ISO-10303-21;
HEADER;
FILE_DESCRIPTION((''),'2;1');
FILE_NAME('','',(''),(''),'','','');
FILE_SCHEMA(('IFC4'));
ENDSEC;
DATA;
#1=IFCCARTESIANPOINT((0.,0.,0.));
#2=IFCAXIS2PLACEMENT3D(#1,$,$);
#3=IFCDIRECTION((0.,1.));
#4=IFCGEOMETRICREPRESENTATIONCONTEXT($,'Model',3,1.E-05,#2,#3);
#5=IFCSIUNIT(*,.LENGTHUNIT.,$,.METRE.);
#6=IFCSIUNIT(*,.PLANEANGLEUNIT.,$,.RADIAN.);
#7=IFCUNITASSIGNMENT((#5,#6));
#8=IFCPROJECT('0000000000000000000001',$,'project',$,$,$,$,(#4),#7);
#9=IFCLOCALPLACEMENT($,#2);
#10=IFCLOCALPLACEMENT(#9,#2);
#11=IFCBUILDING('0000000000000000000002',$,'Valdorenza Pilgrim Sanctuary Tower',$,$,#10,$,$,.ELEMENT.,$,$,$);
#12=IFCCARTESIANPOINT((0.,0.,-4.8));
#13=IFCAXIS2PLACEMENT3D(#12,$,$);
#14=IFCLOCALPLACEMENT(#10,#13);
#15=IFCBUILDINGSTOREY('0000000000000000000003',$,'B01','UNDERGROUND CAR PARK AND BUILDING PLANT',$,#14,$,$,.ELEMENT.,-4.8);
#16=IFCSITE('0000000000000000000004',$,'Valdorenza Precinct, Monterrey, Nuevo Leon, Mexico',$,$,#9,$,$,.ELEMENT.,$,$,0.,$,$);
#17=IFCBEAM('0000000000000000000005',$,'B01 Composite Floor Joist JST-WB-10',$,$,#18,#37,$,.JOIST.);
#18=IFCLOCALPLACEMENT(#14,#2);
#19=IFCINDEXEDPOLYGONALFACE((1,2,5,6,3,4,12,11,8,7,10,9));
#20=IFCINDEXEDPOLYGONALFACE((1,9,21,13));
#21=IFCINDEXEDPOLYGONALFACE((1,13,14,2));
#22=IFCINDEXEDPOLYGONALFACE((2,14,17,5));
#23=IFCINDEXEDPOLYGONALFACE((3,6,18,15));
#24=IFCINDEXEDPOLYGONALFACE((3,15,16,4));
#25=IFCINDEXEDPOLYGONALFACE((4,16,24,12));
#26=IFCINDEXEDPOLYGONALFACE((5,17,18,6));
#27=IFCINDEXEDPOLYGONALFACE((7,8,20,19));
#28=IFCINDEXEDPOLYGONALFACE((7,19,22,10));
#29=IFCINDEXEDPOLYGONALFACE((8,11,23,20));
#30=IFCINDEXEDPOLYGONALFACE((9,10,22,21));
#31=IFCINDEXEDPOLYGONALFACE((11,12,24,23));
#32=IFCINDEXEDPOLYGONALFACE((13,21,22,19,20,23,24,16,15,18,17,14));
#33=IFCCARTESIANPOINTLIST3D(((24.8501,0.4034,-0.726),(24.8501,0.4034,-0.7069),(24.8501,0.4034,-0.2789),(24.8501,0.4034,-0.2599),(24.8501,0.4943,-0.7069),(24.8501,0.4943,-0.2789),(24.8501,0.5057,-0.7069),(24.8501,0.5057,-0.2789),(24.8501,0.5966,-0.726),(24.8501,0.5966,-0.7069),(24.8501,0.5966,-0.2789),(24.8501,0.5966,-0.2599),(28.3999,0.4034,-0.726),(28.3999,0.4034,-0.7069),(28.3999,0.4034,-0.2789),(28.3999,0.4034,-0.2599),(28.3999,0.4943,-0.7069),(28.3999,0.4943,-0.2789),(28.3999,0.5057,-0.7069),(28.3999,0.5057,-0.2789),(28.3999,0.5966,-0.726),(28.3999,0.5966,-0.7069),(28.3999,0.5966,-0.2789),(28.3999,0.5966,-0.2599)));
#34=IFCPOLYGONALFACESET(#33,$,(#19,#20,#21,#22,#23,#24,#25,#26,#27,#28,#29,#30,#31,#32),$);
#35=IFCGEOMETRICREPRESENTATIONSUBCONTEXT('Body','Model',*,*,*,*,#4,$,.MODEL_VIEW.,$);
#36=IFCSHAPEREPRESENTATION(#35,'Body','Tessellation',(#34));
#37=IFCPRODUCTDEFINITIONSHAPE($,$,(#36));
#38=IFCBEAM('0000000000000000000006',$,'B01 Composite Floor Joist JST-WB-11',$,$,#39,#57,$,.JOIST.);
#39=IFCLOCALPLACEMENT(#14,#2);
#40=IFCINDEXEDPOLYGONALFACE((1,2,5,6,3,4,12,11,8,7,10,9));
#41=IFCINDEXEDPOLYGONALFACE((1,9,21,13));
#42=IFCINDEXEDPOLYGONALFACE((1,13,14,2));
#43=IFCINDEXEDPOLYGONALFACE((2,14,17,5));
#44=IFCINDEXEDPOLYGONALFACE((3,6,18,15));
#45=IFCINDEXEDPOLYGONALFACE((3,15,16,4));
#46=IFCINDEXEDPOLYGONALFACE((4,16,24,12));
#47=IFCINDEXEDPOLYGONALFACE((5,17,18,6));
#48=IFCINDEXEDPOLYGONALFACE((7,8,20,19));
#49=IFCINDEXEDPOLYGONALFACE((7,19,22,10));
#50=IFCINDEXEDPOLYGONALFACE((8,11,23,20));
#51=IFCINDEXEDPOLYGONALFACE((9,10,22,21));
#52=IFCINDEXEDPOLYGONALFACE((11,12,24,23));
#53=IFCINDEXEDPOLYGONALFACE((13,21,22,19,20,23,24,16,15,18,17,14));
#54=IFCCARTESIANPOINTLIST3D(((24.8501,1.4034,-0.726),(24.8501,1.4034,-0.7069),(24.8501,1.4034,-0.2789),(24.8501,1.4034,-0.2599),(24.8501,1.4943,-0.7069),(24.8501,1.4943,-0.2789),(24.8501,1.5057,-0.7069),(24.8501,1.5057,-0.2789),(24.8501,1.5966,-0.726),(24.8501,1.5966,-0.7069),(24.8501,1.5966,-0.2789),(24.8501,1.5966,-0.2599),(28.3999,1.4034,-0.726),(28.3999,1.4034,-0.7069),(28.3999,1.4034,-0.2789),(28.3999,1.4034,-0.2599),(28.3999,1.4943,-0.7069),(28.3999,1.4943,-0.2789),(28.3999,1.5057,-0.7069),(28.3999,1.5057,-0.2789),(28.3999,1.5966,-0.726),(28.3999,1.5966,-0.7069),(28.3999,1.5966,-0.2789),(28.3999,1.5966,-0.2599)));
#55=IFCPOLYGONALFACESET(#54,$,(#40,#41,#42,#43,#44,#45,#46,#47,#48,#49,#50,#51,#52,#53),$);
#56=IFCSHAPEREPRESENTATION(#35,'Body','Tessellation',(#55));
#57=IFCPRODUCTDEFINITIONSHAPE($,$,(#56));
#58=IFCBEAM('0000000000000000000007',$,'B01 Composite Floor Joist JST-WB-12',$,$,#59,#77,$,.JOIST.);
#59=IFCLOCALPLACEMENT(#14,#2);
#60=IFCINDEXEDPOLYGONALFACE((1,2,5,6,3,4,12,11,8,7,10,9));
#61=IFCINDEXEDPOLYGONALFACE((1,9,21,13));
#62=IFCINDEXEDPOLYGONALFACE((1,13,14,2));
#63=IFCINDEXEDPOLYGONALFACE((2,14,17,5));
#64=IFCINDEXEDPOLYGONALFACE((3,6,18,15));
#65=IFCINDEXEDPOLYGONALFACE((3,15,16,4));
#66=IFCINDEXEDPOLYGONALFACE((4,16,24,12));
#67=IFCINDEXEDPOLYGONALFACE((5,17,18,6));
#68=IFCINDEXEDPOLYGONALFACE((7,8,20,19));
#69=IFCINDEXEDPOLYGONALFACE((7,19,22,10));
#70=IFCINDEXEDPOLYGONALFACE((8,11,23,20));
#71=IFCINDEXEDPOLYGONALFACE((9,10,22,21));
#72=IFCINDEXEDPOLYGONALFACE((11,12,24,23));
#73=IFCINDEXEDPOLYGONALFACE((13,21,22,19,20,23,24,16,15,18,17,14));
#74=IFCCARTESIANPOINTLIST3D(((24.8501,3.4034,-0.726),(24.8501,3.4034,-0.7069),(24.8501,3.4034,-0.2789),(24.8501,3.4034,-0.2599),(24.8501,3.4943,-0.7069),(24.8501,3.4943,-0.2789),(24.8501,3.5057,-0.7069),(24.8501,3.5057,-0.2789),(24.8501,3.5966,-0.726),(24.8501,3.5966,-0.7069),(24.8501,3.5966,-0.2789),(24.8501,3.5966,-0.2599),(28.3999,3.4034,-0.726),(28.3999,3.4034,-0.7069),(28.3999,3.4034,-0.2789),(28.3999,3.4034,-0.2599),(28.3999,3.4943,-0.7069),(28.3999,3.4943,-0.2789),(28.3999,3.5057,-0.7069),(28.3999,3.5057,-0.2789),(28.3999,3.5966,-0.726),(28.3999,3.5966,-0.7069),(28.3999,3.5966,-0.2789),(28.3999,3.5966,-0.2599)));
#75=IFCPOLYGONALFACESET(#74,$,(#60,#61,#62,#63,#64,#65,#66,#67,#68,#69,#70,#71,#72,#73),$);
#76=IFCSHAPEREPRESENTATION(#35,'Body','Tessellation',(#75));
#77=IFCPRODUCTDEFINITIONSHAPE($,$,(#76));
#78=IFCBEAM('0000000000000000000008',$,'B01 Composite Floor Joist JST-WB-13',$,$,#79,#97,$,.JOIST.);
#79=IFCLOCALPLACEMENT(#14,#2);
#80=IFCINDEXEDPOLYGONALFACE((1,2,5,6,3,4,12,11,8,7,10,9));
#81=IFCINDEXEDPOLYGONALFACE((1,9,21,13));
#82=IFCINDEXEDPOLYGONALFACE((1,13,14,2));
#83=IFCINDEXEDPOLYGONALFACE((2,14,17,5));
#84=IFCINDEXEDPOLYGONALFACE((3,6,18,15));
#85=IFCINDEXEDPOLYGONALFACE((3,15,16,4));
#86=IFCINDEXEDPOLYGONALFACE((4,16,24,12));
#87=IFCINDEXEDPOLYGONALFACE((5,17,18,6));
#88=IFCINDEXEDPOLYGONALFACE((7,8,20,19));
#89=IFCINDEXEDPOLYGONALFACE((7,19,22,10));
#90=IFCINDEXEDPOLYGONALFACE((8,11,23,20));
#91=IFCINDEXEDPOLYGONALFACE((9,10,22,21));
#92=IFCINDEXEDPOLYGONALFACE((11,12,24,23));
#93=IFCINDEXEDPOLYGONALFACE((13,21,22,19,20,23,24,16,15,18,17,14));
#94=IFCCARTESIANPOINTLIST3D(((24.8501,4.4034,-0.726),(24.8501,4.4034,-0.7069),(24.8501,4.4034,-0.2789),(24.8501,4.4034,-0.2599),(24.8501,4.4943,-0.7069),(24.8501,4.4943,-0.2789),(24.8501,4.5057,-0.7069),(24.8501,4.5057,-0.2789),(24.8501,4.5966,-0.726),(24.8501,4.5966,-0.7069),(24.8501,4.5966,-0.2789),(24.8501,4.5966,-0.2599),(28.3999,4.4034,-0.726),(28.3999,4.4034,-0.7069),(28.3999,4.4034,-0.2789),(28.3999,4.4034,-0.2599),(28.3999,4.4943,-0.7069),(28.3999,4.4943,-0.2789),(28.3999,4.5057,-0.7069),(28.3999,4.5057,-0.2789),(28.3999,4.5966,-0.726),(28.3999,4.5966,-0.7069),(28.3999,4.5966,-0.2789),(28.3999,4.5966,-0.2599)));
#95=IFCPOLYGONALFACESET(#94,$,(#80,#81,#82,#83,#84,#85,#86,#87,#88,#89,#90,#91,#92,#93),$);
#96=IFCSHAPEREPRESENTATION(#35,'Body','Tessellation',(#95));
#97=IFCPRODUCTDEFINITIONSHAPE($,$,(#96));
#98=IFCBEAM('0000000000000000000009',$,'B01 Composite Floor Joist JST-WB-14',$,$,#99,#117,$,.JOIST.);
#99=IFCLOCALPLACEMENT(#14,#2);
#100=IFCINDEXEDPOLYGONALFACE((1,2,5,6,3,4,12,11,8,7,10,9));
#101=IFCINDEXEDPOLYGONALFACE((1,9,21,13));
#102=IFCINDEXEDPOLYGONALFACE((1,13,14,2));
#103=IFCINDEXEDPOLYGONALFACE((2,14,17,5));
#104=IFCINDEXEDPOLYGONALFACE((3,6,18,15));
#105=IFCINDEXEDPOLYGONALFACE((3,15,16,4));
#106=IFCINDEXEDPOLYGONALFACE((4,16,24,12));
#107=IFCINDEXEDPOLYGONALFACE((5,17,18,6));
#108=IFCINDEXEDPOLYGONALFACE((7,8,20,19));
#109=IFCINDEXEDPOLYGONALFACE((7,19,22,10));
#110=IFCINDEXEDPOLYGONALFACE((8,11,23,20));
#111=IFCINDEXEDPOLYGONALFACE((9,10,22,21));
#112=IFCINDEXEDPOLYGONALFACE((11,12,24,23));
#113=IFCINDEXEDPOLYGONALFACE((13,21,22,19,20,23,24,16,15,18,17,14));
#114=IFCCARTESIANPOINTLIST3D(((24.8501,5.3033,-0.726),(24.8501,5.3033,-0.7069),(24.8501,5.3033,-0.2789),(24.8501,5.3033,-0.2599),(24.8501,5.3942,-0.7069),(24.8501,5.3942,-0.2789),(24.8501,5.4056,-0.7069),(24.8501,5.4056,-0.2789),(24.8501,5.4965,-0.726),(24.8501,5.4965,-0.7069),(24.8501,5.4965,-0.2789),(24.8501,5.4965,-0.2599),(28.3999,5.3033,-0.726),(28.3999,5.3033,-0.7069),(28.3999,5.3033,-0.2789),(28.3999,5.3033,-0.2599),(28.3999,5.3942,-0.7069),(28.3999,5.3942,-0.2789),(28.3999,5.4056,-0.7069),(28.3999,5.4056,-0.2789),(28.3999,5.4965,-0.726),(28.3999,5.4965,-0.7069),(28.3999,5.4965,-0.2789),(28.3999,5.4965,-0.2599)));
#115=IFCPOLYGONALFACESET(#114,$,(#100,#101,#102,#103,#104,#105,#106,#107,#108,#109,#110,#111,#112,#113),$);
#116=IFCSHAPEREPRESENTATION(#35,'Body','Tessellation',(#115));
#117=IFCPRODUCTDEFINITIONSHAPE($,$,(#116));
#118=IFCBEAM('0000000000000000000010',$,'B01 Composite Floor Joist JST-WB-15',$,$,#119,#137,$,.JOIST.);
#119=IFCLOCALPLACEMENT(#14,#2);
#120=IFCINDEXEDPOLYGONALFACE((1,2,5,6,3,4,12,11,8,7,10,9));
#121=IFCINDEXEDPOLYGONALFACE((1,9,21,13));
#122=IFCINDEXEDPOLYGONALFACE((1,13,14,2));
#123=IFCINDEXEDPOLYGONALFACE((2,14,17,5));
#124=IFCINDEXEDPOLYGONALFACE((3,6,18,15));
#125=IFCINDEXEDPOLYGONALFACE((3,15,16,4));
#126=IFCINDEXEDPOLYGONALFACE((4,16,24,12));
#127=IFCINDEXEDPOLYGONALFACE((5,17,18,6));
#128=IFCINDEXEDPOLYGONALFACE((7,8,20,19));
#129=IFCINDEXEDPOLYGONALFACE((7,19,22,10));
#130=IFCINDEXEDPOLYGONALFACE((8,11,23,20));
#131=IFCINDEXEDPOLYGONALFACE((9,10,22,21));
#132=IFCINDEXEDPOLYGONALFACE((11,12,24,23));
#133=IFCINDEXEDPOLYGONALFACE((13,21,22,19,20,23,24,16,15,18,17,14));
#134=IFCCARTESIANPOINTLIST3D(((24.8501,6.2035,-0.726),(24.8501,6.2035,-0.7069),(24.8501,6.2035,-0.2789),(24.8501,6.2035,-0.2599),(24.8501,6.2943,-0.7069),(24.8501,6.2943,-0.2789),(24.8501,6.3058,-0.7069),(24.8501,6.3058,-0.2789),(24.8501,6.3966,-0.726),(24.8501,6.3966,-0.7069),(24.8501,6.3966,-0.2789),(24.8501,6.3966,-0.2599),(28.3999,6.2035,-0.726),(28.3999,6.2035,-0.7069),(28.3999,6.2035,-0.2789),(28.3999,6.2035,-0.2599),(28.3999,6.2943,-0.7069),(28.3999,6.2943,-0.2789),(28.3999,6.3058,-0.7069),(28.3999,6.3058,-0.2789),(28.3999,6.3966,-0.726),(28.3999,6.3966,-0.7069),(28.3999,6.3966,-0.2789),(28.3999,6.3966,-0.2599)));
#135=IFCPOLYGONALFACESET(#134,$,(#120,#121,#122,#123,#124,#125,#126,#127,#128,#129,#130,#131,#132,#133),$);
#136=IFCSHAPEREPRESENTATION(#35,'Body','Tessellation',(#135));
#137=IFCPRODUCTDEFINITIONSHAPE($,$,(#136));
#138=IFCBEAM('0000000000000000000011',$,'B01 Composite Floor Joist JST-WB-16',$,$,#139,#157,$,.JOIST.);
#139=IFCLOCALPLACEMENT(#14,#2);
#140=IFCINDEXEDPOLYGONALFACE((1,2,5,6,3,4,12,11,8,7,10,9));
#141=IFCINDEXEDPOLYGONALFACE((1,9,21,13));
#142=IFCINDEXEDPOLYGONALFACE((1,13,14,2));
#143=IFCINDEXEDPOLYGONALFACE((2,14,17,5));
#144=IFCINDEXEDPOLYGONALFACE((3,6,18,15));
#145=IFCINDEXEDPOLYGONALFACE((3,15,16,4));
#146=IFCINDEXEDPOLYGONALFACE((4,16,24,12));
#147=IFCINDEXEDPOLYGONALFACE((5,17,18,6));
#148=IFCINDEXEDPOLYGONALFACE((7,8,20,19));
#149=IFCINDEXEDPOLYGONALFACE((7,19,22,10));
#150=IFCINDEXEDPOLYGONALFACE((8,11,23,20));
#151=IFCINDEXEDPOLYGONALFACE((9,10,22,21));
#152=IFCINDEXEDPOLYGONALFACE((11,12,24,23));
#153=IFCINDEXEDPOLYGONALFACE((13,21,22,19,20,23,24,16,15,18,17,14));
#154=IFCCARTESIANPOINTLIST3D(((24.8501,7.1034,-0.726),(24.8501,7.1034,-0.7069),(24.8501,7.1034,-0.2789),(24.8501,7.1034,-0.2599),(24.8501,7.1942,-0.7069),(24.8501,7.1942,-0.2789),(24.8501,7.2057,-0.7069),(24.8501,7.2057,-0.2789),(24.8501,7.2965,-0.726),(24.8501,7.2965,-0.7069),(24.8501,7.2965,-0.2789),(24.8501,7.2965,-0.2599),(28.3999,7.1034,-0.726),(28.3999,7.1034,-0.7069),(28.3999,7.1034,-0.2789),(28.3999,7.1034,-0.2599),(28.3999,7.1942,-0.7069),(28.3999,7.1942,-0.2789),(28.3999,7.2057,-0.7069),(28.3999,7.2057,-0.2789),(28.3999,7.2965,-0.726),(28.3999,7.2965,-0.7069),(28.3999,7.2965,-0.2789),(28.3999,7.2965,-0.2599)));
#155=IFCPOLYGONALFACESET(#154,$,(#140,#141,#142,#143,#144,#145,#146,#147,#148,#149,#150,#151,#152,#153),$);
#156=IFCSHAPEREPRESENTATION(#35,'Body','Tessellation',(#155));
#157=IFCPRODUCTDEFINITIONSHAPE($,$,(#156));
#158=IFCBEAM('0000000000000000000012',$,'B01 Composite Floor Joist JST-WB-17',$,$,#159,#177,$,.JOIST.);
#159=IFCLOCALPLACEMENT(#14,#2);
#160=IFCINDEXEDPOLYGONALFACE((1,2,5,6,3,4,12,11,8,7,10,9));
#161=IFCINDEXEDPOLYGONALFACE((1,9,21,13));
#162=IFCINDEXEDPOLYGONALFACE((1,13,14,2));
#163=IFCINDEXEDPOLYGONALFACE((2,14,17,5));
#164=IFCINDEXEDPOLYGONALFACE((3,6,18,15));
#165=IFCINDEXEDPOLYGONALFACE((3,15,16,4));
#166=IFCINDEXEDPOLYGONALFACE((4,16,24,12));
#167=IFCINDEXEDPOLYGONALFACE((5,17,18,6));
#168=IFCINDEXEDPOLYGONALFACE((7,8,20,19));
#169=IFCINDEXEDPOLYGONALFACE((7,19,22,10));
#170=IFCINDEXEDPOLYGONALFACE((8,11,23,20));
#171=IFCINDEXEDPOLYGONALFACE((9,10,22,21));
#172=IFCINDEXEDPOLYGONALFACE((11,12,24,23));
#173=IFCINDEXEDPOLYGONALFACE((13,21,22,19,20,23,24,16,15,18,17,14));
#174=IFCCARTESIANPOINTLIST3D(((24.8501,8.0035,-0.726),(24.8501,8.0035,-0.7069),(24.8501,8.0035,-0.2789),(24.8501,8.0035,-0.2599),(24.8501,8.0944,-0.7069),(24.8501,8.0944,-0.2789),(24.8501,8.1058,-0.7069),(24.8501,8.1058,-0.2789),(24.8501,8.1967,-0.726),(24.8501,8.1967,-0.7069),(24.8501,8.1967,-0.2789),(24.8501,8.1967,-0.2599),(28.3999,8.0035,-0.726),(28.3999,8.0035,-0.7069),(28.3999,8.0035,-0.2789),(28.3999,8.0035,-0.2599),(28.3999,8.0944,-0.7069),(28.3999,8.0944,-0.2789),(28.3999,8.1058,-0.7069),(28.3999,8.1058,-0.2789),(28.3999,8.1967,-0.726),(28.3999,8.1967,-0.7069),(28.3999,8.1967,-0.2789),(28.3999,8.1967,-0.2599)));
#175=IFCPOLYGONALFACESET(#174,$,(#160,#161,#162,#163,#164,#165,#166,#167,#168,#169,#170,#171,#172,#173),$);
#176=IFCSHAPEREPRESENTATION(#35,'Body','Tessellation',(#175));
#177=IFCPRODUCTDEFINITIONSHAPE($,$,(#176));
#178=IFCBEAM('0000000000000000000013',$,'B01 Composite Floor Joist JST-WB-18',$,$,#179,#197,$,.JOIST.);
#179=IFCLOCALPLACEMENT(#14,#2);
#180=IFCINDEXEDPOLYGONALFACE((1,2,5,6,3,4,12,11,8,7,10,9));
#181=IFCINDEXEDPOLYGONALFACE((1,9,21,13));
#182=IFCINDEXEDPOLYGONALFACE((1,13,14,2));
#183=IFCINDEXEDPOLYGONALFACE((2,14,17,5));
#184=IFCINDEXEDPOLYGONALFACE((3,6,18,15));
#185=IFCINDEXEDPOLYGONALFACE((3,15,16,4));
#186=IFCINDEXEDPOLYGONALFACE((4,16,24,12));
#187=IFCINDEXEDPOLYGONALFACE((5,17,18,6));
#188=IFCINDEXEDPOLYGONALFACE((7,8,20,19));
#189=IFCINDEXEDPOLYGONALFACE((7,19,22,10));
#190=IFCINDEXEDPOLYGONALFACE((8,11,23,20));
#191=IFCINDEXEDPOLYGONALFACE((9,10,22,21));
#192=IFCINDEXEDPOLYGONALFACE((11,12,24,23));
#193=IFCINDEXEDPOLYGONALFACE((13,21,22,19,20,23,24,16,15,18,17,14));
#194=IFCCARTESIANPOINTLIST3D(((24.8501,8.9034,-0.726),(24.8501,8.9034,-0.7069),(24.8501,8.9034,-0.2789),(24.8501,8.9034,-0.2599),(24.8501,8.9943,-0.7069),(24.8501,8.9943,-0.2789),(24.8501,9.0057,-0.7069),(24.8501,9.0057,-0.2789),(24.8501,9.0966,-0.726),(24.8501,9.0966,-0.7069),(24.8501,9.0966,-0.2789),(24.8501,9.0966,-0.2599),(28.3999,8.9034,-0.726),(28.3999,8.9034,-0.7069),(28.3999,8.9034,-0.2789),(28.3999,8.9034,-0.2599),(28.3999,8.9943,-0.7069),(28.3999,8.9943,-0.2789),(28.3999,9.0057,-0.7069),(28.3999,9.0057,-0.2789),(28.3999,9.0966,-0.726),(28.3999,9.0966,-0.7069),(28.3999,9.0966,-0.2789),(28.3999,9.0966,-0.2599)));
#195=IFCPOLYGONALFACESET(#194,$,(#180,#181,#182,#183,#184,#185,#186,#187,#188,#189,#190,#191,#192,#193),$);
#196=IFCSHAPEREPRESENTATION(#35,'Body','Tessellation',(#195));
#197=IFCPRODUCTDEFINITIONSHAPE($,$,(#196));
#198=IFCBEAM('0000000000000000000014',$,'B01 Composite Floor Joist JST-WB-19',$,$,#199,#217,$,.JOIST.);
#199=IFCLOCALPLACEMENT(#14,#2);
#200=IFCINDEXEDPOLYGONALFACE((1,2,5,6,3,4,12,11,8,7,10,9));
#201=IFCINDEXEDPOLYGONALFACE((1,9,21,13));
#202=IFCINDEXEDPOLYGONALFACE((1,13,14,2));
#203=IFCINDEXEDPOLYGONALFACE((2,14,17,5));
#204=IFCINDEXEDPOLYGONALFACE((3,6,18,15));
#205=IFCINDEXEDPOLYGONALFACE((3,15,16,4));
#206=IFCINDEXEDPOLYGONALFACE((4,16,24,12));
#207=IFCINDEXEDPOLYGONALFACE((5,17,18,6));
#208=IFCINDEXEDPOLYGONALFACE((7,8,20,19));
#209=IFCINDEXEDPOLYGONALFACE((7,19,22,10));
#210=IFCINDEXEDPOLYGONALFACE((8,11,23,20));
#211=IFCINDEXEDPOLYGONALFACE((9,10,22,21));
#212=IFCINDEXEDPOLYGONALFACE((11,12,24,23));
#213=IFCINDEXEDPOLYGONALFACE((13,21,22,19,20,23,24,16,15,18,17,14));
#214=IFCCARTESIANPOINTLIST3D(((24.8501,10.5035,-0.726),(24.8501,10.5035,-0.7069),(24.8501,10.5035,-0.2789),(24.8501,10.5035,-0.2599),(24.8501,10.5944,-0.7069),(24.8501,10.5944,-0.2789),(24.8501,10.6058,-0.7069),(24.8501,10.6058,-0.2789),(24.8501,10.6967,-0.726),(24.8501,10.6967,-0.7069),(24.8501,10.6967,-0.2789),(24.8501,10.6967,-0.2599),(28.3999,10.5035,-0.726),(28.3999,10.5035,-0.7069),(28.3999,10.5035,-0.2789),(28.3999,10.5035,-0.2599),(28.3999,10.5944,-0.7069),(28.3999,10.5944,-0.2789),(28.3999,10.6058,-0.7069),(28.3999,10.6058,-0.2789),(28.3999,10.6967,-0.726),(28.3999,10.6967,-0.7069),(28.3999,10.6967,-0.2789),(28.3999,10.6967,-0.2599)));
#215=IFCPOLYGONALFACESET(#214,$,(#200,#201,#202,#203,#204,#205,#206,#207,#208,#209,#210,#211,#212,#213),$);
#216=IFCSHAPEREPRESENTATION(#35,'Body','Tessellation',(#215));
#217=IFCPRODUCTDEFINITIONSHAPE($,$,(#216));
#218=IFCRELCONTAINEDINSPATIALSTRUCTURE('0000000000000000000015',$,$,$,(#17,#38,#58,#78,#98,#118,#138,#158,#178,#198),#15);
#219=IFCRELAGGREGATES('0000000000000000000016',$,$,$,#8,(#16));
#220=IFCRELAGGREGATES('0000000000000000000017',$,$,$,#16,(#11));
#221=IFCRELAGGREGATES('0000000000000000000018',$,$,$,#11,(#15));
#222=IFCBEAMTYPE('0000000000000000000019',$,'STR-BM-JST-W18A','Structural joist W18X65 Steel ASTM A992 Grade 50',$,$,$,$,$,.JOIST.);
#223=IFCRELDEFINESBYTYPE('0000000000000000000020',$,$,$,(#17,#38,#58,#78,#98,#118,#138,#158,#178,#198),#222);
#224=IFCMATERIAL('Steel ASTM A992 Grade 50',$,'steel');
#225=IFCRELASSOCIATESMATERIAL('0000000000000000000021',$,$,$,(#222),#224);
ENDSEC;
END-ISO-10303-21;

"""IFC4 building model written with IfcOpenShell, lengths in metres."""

from ifc_helpers import new_model, si_unit, direction, frame, origin, origin_2d, place, context, subcontext, project, spatial, i_section, extrude, source, transform, mapped, material, material_profile, profile_set, type_object, element, save


model = new_model("IFC4")

# Units and contexts
model_context = context("Model", 3, precision=1e-05, world=origin(), true_north=direction((0.0, 1.0)))
body_context = subcontext(model_context, "Body", "Model", "MODEL_VIEW")
ifc_project = project(units=[si_unit("LENGTHUNIT", "METRE"), si_unit("PLANEANGLEUNIT", "RADIAN")], contexts=[model_context])

# Site, building, storey
site_placement = place(None, origin())
site = spatial("IfcSite", under=ifc_project, at=site_placement, Name="Valdorenza Precinct, Monterrey, Nuevo Leon, Mexico", CompositionType="ELEMENT", RefElevation=0.0)
building_placement = place(site_placement, origin())
building = spatial("IfcBuilding", under=site, at=building_placement, Name="Valdorenza Pilgrim Sanctuary Tower", CompositionType="ELEMENT")
storey_placement = place(building_placement, frame((0.0, 0.0, -4.8)))
storey = spatial("IfcBuildingStorey", under=building, at=storey_placement, Name="B01", Description="UNDERGROUND CAR PARK AND BUILDING PLANT", CompositionType="ELEMENT", Elevation=-4.8)

# Beams
ifc_material_1 = material(Name="Steel ASTM A992 Grade 50", Category="steel")
ifc_material_profile_1 = material_profile(ifc_material_1, i_section(OverallWidth=0.1931, OverallDepth=0.4661, WebThickness=0.0115, FlangeThickness=0.019, at=origin_2d()), Name="W18X65")
ifc_profile_set_1 = profile_set([ifc_material_profile_1], Name="Steel ASTM A992 Grade 50")
beam_type_1 = type_object("IfcBeamType", Name="STR-BM-JST-W18A", Description="Structural joist W18X65 Steel ASTM A992 Grade 50", PredefinedType="JOIST", material=ifc_profile_set_1)
shared_shape_1 = source(origin(), body_context, "Body", "SweptSolid", [
    extrude(i_section(OverallWidth=0.1931, OverallDepth=0.4661, WebThickness=0.0115, FlangeThickness=0.019, at=origin_2d()), origin(), (0.0, 0.0, 1.0), 3.5498),
])
for number, where, z_axis, x_axis, name in (
    (1, (24.8501, 0.5, -0.4929), (1.0, 0.0, 0.0), (0.0, 1.0, 0.0), "B01 Composite Floor Joist JST-WB-10"),
    (2, (24.8501, 1.5, -0.4929), (1.0, 0.0, 0.0), (0.0, 1.0, 0.0), "B01 Composite Floor Joist JST-WB-11"),
    (3, (24.8501, 3.5, -0.4929), (1.0, 0.0, 0.0), (0.0, 1.0, 0.0), "B01 Composite Floor Joist JST-WB-12"),
    (4, (24.8501, 4.5, -0.4929), (1.0, 0.0, 0.0), (0.0, 1.0, 0.0), "B01 Composite Floor Joist JST-WB-13"),
    (5, (24.8501, 5.3999, -0.4929), (1.0, 0.0, 0.0), (0.0, 1.0, 0.0), "B01 Composite Floor Joist JST-WB-14"),
    (6, (24.8501, 6.3, -0.4929), (1.0, 0.0, 0.0), (0.0, 1.0, 0.0), "B01 Composite Floor Joist JST-WB-15"),
    (7, (24.8501, 7.2, -0.4929), (1.0, 0.0, 0.0), (0.0, 1.0, 0.0), "B01 Composite Floor Joist JST-WB-16"),
    (8, (24.8501, 8.1001, -0.4929), (1.0, 0.0, 0.0), (0.0, 1.0, 0.0), "B01 Composite Floor Joist JST-WB-17"),
    (9, (24.8501, 9.0, -0.4929), (1.0, 0.0, 0.0), (0.0, 1.0, 0.0), "B01 Composite Floor Joist JST-WB-18"),
    (10, (24.8501, 10.6001, -0.4929), (1.0, 0.0, 0.0), (0.0, 1.0, 0.0), "B01 Composite Floor Joist JST-WB-19"),
):
    element("IfcBeam", number, at=place(storey_placement, frame(where, z_axis=z_axis, x_axis=x_axis)), inside=storey, type_object=beam_type_1, Name=name, PredefinedType="JOIST", context=body_context, shape_type="MappedRepresentation", body=[
        mapped(shared_shape_1, transform((0.0, 0.0, 0.0), x_axis=(1.0, 0.0, 0.0), y_axis=(0.0, 1.0, 0.0), z_axis=(0.0, 0.0, 1.0), scale=1.0)),
    ])

save(model, "model.ifc")
